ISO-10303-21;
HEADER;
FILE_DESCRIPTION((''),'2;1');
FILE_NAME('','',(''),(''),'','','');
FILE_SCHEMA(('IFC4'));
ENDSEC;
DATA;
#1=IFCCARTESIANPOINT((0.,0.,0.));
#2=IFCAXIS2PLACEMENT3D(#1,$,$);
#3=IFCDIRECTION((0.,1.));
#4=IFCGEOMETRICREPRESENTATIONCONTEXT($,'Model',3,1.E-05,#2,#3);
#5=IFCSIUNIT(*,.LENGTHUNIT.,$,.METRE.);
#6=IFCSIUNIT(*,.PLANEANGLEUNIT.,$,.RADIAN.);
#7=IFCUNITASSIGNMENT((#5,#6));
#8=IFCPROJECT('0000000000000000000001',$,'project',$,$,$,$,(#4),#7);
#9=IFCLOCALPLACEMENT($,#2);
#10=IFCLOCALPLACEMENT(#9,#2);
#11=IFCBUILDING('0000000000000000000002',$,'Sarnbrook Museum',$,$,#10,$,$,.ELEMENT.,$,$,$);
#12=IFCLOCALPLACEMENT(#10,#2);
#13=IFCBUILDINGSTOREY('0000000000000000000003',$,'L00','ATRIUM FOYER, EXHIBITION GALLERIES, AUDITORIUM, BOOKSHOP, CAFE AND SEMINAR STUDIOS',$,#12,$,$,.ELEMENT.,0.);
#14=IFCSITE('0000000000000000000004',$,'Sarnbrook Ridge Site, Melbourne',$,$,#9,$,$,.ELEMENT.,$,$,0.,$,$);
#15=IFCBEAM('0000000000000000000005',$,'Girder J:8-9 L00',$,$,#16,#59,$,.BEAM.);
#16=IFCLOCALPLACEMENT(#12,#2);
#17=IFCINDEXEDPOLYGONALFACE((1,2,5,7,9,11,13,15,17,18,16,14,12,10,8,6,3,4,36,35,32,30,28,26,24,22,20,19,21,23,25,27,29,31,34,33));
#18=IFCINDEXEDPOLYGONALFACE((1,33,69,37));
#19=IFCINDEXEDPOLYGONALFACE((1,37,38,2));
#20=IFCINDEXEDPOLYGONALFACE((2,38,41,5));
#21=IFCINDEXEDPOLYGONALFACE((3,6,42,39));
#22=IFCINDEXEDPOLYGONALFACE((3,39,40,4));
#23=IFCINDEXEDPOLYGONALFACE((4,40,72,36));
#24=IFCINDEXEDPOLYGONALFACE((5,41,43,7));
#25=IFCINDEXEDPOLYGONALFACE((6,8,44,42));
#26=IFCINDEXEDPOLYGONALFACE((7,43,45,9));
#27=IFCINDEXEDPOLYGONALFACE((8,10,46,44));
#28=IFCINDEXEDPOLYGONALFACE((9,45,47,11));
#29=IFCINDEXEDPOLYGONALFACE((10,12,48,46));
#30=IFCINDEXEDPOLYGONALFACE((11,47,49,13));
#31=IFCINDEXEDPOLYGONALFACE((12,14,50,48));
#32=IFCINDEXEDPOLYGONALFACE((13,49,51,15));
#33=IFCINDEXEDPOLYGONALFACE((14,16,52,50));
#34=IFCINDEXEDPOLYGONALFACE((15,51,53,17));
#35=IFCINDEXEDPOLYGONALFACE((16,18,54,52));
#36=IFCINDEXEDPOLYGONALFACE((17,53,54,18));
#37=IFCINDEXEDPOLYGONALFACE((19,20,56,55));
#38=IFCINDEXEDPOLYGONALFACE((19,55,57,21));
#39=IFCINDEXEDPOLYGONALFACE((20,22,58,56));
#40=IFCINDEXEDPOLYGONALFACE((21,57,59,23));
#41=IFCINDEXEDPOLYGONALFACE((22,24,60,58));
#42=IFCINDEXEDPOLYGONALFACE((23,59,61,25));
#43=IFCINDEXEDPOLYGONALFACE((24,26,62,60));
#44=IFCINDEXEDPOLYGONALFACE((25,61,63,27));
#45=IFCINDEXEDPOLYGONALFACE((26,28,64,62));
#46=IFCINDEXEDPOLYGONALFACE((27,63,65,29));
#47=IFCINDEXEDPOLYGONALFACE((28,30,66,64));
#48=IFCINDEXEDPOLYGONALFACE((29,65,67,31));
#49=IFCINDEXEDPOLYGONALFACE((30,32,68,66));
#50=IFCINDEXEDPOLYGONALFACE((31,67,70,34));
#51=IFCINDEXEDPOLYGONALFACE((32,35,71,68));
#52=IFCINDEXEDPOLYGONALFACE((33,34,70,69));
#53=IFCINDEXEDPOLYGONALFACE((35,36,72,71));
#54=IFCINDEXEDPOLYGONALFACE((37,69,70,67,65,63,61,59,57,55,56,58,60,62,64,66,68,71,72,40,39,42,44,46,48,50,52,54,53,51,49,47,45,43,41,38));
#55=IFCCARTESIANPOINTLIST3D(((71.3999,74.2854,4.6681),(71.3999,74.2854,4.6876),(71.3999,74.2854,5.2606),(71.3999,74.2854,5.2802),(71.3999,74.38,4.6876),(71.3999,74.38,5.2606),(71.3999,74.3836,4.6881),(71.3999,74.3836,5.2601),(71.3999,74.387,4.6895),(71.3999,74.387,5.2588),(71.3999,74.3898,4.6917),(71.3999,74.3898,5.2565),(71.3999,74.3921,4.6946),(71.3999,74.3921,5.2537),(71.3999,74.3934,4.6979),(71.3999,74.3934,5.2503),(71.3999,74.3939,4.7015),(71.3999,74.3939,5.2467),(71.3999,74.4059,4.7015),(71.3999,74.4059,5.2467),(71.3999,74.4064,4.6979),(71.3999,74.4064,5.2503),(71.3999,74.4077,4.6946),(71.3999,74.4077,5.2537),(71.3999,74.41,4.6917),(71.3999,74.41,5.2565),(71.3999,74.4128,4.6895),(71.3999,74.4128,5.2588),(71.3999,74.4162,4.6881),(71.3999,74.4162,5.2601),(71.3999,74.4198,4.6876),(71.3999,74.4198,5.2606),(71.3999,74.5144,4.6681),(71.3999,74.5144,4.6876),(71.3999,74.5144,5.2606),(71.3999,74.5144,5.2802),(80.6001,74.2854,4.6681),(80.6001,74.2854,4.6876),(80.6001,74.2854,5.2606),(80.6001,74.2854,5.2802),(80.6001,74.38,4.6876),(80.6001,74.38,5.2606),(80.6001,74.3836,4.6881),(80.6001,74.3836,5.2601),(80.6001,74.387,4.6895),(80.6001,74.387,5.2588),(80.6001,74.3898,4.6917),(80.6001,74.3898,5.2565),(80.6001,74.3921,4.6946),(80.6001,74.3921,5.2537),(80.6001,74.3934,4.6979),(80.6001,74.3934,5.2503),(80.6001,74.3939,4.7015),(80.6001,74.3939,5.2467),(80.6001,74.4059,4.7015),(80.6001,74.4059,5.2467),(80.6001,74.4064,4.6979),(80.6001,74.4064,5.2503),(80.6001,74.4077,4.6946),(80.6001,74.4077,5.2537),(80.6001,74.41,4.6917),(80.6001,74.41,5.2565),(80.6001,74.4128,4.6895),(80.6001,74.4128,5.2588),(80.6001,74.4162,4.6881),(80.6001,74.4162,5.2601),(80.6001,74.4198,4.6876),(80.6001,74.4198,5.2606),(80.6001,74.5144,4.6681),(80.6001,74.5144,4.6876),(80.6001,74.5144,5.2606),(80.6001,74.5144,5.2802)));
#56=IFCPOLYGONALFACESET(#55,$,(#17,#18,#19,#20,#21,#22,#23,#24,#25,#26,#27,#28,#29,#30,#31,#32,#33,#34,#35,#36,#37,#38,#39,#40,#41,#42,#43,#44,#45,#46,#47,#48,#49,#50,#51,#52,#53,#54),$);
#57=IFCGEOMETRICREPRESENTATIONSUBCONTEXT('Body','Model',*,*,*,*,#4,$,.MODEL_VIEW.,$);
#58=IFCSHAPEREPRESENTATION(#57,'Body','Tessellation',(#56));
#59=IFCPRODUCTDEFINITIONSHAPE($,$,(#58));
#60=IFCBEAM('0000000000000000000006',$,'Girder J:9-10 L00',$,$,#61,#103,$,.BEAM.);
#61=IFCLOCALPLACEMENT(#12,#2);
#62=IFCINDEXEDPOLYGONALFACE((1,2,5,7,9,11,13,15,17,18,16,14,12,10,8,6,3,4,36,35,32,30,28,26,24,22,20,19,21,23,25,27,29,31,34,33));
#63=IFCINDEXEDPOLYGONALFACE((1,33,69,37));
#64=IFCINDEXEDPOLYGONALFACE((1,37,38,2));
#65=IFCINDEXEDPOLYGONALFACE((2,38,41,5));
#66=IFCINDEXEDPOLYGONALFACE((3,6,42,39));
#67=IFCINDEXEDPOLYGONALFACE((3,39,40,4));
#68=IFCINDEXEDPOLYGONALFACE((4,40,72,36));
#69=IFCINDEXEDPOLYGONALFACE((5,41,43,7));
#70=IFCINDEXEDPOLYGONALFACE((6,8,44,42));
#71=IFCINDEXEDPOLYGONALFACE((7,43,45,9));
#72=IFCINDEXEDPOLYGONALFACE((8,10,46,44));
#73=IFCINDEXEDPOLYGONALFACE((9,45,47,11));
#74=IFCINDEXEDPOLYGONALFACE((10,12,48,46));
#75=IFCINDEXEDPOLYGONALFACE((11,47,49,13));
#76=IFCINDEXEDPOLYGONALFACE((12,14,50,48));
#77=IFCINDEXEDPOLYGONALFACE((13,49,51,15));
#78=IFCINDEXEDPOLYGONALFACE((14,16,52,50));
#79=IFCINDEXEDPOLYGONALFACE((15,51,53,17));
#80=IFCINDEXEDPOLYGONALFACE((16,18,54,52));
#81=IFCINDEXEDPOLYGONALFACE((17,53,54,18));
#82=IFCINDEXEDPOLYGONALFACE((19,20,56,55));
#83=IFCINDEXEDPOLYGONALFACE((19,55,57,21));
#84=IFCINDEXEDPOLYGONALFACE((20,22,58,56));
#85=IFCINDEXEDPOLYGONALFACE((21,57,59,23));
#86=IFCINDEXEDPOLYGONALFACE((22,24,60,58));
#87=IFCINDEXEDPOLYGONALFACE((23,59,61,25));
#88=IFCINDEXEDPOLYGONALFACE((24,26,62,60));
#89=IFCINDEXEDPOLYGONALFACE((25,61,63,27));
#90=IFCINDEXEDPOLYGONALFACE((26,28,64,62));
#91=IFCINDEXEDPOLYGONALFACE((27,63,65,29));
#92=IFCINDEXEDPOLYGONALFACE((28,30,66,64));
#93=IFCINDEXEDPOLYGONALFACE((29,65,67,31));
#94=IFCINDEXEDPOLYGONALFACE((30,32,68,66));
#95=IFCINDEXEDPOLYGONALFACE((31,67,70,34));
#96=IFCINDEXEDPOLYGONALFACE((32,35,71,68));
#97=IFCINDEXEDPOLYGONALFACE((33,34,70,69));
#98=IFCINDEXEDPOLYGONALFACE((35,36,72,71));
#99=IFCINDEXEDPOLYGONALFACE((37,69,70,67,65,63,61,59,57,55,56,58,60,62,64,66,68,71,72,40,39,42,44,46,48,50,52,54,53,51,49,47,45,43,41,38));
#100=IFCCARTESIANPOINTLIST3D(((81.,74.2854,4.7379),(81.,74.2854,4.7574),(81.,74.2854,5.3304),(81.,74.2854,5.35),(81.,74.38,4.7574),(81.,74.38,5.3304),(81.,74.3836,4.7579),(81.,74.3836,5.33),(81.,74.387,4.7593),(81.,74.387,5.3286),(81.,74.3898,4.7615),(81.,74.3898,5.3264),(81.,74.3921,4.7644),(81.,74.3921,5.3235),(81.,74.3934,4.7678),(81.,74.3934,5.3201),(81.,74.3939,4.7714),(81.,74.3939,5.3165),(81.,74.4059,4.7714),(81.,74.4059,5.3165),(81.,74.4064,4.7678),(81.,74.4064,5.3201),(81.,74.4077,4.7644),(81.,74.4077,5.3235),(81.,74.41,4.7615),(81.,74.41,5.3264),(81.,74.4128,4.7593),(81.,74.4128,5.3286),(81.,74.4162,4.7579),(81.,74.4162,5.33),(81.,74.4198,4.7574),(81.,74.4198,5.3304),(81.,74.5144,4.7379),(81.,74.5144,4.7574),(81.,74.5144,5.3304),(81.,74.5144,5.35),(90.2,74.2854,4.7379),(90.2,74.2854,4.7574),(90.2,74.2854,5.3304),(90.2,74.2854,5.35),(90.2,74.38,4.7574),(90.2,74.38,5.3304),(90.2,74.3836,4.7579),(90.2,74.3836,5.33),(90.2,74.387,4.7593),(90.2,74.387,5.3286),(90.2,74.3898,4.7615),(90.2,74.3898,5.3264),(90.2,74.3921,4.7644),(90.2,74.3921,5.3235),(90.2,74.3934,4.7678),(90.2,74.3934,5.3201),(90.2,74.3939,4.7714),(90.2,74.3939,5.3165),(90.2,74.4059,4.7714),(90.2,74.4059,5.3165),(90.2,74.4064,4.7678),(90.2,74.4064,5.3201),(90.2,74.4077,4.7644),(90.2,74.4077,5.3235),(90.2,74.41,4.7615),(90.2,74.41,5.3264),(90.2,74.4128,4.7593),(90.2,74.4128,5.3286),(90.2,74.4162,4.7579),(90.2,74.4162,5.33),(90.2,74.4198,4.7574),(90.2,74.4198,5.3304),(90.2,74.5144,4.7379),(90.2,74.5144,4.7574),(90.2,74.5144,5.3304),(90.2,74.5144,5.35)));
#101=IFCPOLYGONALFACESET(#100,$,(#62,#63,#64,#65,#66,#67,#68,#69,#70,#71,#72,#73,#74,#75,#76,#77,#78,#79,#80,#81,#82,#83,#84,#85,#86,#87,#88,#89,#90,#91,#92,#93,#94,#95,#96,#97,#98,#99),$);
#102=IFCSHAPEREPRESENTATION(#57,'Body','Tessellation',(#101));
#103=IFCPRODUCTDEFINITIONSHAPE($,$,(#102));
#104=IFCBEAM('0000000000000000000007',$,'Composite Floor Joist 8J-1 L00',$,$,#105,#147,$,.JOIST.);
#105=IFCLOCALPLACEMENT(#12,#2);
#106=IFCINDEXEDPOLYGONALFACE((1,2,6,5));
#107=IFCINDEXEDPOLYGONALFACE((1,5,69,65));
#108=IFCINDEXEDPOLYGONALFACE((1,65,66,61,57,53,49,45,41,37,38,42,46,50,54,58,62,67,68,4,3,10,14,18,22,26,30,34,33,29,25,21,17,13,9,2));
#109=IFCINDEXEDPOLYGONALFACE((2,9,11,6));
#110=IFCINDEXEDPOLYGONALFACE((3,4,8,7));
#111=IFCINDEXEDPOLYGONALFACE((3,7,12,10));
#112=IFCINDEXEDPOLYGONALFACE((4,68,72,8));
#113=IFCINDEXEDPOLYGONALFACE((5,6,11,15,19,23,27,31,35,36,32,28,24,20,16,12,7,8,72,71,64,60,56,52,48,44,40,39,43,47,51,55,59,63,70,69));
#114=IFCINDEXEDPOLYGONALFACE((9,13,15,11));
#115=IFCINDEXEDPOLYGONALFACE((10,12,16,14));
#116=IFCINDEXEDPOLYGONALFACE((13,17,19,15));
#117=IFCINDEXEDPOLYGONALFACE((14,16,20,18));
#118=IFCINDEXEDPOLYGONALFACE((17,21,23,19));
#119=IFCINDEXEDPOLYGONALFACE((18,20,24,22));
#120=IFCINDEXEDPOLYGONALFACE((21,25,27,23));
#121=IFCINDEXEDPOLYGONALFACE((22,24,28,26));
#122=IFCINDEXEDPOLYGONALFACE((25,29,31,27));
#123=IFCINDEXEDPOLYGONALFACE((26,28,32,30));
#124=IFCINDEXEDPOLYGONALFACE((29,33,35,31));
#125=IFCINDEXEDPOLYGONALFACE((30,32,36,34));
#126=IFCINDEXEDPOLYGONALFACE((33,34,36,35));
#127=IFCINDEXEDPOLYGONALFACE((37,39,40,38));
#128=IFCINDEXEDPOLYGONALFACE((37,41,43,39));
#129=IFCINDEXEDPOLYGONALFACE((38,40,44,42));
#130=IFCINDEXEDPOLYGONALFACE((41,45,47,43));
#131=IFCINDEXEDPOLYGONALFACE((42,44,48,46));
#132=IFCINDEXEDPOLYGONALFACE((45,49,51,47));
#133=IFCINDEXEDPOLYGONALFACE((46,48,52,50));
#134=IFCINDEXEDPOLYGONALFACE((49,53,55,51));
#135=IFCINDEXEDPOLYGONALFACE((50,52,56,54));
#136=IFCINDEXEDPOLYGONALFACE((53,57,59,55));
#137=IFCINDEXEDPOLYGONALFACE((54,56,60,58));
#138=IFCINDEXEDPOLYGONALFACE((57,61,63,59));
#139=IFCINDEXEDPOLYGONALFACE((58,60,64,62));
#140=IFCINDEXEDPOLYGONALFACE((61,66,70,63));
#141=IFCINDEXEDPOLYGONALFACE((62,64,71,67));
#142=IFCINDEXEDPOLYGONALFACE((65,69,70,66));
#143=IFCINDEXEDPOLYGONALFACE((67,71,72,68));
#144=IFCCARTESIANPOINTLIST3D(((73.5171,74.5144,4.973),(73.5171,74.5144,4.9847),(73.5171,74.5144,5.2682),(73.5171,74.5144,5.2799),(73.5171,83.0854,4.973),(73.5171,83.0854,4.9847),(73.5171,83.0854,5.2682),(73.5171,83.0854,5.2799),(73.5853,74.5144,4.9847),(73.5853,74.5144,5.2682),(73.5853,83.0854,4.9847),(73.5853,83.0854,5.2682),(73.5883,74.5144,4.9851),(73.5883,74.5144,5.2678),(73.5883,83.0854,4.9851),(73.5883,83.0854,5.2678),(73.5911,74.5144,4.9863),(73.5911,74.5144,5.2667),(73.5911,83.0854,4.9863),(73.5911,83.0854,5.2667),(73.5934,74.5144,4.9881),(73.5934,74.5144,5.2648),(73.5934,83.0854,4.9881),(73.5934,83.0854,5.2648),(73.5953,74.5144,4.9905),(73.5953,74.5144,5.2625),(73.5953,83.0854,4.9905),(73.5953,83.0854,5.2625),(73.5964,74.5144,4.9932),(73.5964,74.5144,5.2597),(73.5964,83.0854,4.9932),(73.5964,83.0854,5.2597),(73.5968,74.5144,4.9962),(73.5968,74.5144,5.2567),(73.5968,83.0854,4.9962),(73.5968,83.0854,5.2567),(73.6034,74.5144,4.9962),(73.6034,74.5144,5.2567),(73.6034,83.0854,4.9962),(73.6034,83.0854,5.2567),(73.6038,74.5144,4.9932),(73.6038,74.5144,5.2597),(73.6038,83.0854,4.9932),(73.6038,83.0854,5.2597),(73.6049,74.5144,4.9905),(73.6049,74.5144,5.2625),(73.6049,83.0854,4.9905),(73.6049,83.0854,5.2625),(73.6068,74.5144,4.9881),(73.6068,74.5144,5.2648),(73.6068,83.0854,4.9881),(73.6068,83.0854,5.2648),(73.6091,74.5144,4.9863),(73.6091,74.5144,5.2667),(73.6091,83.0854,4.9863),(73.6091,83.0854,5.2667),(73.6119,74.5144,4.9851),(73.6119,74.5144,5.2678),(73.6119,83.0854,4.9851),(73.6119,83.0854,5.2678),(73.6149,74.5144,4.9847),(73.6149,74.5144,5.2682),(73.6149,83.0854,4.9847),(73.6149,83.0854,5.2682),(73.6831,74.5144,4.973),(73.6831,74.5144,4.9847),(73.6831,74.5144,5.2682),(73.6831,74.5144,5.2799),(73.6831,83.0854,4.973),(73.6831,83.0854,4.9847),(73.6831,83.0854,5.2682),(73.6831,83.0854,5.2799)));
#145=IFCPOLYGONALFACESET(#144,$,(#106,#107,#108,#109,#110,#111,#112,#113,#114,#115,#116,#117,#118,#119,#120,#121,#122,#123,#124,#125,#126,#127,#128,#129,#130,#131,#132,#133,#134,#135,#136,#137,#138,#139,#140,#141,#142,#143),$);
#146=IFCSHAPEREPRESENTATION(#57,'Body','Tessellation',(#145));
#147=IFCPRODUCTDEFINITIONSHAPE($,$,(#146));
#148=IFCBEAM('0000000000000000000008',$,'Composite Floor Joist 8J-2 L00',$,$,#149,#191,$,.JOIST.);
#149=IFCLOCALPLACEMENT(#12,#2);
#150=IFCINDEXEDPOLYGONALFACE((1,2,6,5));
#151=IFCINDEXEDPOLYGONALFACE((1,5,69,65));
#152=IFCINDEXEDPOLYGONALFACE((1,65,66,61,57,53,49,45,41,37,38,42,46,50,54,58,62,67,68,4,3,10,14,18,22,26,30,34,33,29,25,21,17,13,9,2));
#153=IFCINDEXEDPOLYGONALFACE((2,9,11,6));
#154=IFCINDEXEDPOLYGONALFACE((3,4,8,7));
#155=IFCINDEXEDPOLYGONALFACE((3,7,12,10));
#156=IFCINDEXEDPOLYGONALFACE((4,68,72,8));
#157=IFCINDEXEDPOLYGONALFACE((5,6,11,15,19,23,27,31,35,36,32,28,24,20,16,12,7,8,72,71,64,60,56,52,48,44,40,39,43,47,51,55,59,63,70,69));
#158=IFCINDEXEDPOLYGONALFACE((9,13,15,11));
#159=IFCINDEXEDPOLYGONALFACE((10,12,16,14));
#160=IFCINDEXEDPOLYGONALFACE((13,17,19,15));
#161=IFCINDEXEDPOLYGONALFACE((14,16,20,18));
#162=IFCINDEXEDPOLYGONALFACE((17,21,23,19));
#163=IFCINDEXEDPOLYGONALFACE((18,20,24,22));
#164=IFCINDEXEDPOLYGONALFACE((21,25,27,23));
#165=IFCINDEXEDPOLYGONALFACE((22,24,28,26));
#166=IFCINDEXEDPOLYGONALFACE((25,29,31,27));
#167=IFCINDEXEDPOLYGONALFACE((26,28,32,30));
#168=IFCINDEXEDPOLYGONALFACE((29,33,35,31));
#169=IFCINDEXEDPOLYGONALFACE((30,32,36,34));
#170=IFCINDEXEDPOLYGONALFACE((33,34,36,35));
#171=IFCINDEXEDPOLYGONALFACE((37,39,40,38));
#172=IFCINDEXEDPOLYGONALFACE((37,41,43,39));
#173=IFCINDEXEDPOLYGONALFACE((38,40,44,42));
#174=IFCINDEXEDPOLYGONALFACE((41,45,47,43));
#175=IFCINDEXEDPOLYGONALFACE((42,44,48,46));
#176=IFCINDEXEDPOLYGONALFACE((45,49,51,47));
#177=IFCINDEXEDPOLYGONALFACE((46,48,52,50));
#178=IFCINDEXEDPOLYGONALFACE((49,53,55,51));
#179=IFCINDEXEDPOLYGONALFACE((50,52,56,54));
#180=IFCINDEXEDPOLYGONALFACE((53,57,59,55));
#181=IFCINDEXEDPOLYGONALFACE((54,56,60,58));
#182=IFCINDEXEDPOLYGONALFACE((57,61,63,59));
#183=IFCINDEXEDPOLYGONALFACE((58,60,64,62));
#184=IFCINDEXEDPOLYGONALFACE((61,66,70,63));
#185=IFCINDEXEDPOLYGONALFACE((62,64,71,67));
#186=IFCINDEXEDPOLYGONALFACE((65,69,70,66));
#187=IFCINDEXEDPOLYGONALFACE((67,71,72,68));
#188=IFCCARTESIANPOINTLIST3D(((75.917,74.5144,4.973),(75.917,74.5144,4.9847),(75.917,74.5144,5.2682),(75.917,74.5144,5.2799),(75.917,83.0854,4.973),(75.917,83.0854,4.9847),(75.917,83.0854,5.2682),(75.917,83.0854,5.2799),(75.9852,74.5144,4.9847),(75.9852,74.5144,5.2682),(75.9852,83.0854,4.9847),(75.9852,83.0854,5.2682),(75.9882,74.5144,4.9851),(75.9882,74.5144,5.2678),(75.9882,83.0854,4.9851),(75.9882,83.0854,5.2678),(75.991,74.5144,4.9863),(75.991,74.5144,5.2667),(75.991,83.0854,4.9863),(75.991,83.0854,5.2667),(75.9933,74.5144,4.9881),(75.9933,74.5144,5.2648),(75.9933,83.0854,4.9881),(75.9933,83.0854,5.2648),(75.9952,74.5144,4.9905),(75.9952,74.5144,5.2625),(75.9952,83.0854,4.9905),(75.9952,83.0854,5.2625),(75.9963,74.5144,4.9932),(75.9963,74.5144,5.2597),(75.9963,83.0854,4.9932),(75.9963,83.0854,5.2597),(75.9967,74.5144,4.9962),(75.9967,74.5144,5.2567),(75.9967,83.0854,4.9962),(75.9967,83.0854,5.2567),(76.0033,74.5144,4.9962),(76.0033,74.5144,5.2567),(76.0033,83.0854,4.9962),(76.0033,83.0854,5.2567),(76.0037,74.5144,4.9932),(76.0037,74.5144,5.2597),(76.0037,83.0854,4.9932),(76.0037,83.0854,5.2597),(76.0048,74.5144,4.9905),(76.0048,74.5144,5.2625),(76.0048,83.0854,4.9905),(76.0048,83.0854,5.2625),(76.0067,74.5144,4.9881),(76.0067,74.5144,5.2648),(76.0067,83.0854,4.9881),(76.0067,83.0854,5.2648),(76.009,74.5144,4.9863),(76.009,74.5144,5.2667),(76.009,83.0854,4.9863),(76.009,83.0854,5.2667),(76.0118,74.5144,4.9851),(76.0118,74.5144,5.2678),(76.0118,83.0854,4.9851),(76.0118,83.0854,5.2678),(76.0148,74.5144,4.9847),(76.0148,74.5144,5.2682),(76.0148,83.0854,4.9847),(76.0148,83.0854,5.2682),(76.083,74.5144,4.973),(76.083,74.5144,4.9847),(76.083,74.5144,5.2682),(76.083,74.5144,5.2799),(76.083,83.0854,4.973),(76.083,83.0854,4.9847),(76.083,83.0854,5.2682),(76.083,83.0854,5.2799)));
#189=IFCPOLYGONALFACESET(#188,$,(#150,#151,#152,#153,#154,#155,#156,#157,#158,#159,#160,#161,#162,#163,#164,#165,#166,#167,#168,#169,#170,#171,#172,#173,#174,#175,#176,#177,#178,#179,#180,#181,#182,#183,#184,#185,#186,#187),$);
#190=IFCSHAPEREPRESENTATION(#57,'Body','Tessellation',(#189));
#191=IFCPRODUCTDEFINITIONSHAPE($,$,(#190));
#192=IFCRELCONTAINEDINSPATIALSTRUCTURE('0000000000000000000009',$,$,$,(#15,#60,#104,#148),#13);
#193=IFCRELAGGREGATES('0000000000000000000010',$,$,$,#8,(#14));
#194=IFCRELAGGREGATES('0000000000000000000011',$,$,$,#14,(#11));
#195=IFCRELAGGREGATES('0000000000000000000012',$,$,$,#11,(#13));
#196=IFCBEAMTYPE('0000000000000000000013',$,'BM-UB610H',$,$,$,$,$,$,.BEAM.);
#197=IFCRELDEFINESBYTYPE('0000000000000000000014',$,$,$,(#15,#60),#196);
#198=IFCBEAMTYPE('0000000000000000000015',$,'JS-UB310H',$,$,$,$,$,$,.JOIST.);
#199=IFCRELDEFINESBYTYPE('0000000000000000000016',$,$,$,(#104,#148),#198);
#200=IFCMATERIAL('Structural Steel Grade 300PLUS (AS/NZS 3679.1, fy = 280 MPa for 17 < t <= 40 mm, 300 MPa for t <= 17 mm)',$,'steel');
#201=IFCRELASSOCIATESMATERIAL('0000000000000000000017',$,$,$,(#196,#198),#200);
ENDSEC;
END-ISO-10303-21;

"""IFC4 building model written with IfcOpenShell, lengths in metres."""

from ifc_helpers import new_model, si_unit, direction, frame, origin, origin_2d, place, context, subcontext, project, spatial, i_section, extrude, material, material_profile, profile_set, type_object, element, save


model = new_model("IFC4")

# Units and contexts
model_context = context("Model", 3, precision=1e-05, world=origin(), true_north=direction((0.0, 1.0)))
body_context = subcontext(model_context, "Body", "Model", "MODEL_VIEW")
ifc_project = project(units=[si_unit("LENGTHUNIT", "METRE"), si_unit("PLANEANGLEUNIT", "RADIAN")], contexts=[model_context])

# Site, building, storey
site_placement = place(None, origin())
site = spatial("IfcSite", under=ifc_project, at=site_placement, Name="Sarnbrook Ridge Site, Melbourne", CompositionType="ELEMENT", RefElevation=0.0)
building_placement = place(site_placement, origin())
building = spatial("IfcBuilding", under=site, at=building_placement, Name="Sarnbrook Museum", CompositionType="ELEMENT")
storey_placement = place(building_placement, origin())
storey = spatial("IfcBuildingStorey", under=building, at=storey_placement, Name="L00", Description="ATRIUM FOYER, EXHIBITION GALLERIES, AUDITORIUM, BOOKSHOP, CAFE AND SEMINAR STUDIOS", CompositionType="ELEMENT", Elevation=0.0)

# Beams
ifc_material_1 = material(Name="Structural Steel Grade 300PLUS (AS/NZS 3679.1, fy = 280 MPa for 17 < t <= 40 mm, 300 MPa for t <= 17 mm)", Category="steel")
ifc_material_profile_1 = material_profile(ifc_material_1, i_section(OverallWidth=0.229, OverallDepth=0.6121, WebThickness=0.012, FlangeThickness=0.0195, FilletRadius=0.0139, at=origin_2d()), Name="610UB125")
ifc_profile_set_1 = profile_set([ifc_material_profile_1], Name="Structural Steel Grade 300PLUS (AS/NZS 3679.1, fy = 280 MPa for 17 < t <= 40 mm, 300 MPa for t <= 17 mm)")
beam_type_1 = type_object("IfcBeamType", Name="BM-UB610H", PredefinedType="BEAM", material=ifc_profile_set_1)
beam_1_placement = place(storey_placement, frame((71.3999, 74.3999, 4.9741), z_axis=(1.0, 0.0, 0.0), x_axis=(0.0, 1.0, 0.0)))
element("IfcBeam", 1, at=beam_1_placement, inside=storey, type_object=beam_type_1, Name="Girder J:8-9 L00", PredefinedType="BEAM", context=body_context, shape_type="SweptSolid", body=[
    extrude(i_section(OverallWidth=0.229, OverallDepth=0.6121, WebThickness=0.012, FlangeThickness=0.0195, FilletRadius=0.0139, at=origin_2d()), origin(), (0.0, 0.0, 1.0), 9.2002),
])
beam_2_placement = place(storey_placement, frame((81.0, 74.3999, 5.0439), z_axis=(1.0, 0.0, 0.0), x_axis=(0.0, 1.0, 0.0)))
element("IfcBeam", 2, at=beam_2_placement, inside=storey, type_object=beam_type_1, Name="Girder J:9-10 L00", PredefinedType="BEAM", context=body_context, shape_type="SweptSolid", body=[
    extrude(i_section(OverallWidth=0.229, OverallDepth=0.6121, WebThickness=0.012, FlangeThickness=0.0195, FilletRadius=0.0139, at=origin_2d()), origin(), (0.0, 0.0, 1.0), 9.2),
])
ifc_material_profile_2 = material_profile(ifc_material_1, i_section(OverallWidth=0.166, OverallDepth=0.3069, WebThickness=0.0066, FlangeThickness=0.0117, FilletRadius=0.0115, at=origin_2d()), Name="310UB46.2")
ifc_profile_set_2 = profile_set([ifc_material_profile_2], Name="Structural Steel Grade 300PLUS (AS/NZS 3679.1, fy = 280 MPa for 17 < t <= 40 mm, 300 MPa for t <= 17 mm)")
beam_type_2 = type_object("IfcBeamType", Name="JS-UB310H", PredefinedType="JOIST", material=ifc_profile_set_2)
for number, where, z_axis, x_axis, name in (
    (3, (73.6001, 74.5144, 5.1265), (0.0, 1.0, 0.0), (-1.0, 0.0, 0.0), "Composite Floor Joist 8J-1 L00"),
    (4, (76.0, 74.5144, 5.1265), (0.0, 1.0, 0.0), (-1.0, 0.0, 0.0), "Composite Floor Joist 8J-2 L00"),
):
    element("IfcBeam", number, at=place(storey_placement, frame(where, z_axis=z_axis, x_axis=x_axis)), inside=storey, type_object=beam_type_2, Name=name, PredefinedType="JOIST", context=body_context, shape_type="SweptSolid", body=[
        extrude(i_section(OverallWidth=0.166, OverallDepth=0.3069, WebThickness=0.0066, FlangeThickness=0.0117, FilletRadius=0.0115, at=origin_2d()), origin(), (0.0, 0.0, 1.0), 8.571),
    ])

save(model, "model.ifc")
